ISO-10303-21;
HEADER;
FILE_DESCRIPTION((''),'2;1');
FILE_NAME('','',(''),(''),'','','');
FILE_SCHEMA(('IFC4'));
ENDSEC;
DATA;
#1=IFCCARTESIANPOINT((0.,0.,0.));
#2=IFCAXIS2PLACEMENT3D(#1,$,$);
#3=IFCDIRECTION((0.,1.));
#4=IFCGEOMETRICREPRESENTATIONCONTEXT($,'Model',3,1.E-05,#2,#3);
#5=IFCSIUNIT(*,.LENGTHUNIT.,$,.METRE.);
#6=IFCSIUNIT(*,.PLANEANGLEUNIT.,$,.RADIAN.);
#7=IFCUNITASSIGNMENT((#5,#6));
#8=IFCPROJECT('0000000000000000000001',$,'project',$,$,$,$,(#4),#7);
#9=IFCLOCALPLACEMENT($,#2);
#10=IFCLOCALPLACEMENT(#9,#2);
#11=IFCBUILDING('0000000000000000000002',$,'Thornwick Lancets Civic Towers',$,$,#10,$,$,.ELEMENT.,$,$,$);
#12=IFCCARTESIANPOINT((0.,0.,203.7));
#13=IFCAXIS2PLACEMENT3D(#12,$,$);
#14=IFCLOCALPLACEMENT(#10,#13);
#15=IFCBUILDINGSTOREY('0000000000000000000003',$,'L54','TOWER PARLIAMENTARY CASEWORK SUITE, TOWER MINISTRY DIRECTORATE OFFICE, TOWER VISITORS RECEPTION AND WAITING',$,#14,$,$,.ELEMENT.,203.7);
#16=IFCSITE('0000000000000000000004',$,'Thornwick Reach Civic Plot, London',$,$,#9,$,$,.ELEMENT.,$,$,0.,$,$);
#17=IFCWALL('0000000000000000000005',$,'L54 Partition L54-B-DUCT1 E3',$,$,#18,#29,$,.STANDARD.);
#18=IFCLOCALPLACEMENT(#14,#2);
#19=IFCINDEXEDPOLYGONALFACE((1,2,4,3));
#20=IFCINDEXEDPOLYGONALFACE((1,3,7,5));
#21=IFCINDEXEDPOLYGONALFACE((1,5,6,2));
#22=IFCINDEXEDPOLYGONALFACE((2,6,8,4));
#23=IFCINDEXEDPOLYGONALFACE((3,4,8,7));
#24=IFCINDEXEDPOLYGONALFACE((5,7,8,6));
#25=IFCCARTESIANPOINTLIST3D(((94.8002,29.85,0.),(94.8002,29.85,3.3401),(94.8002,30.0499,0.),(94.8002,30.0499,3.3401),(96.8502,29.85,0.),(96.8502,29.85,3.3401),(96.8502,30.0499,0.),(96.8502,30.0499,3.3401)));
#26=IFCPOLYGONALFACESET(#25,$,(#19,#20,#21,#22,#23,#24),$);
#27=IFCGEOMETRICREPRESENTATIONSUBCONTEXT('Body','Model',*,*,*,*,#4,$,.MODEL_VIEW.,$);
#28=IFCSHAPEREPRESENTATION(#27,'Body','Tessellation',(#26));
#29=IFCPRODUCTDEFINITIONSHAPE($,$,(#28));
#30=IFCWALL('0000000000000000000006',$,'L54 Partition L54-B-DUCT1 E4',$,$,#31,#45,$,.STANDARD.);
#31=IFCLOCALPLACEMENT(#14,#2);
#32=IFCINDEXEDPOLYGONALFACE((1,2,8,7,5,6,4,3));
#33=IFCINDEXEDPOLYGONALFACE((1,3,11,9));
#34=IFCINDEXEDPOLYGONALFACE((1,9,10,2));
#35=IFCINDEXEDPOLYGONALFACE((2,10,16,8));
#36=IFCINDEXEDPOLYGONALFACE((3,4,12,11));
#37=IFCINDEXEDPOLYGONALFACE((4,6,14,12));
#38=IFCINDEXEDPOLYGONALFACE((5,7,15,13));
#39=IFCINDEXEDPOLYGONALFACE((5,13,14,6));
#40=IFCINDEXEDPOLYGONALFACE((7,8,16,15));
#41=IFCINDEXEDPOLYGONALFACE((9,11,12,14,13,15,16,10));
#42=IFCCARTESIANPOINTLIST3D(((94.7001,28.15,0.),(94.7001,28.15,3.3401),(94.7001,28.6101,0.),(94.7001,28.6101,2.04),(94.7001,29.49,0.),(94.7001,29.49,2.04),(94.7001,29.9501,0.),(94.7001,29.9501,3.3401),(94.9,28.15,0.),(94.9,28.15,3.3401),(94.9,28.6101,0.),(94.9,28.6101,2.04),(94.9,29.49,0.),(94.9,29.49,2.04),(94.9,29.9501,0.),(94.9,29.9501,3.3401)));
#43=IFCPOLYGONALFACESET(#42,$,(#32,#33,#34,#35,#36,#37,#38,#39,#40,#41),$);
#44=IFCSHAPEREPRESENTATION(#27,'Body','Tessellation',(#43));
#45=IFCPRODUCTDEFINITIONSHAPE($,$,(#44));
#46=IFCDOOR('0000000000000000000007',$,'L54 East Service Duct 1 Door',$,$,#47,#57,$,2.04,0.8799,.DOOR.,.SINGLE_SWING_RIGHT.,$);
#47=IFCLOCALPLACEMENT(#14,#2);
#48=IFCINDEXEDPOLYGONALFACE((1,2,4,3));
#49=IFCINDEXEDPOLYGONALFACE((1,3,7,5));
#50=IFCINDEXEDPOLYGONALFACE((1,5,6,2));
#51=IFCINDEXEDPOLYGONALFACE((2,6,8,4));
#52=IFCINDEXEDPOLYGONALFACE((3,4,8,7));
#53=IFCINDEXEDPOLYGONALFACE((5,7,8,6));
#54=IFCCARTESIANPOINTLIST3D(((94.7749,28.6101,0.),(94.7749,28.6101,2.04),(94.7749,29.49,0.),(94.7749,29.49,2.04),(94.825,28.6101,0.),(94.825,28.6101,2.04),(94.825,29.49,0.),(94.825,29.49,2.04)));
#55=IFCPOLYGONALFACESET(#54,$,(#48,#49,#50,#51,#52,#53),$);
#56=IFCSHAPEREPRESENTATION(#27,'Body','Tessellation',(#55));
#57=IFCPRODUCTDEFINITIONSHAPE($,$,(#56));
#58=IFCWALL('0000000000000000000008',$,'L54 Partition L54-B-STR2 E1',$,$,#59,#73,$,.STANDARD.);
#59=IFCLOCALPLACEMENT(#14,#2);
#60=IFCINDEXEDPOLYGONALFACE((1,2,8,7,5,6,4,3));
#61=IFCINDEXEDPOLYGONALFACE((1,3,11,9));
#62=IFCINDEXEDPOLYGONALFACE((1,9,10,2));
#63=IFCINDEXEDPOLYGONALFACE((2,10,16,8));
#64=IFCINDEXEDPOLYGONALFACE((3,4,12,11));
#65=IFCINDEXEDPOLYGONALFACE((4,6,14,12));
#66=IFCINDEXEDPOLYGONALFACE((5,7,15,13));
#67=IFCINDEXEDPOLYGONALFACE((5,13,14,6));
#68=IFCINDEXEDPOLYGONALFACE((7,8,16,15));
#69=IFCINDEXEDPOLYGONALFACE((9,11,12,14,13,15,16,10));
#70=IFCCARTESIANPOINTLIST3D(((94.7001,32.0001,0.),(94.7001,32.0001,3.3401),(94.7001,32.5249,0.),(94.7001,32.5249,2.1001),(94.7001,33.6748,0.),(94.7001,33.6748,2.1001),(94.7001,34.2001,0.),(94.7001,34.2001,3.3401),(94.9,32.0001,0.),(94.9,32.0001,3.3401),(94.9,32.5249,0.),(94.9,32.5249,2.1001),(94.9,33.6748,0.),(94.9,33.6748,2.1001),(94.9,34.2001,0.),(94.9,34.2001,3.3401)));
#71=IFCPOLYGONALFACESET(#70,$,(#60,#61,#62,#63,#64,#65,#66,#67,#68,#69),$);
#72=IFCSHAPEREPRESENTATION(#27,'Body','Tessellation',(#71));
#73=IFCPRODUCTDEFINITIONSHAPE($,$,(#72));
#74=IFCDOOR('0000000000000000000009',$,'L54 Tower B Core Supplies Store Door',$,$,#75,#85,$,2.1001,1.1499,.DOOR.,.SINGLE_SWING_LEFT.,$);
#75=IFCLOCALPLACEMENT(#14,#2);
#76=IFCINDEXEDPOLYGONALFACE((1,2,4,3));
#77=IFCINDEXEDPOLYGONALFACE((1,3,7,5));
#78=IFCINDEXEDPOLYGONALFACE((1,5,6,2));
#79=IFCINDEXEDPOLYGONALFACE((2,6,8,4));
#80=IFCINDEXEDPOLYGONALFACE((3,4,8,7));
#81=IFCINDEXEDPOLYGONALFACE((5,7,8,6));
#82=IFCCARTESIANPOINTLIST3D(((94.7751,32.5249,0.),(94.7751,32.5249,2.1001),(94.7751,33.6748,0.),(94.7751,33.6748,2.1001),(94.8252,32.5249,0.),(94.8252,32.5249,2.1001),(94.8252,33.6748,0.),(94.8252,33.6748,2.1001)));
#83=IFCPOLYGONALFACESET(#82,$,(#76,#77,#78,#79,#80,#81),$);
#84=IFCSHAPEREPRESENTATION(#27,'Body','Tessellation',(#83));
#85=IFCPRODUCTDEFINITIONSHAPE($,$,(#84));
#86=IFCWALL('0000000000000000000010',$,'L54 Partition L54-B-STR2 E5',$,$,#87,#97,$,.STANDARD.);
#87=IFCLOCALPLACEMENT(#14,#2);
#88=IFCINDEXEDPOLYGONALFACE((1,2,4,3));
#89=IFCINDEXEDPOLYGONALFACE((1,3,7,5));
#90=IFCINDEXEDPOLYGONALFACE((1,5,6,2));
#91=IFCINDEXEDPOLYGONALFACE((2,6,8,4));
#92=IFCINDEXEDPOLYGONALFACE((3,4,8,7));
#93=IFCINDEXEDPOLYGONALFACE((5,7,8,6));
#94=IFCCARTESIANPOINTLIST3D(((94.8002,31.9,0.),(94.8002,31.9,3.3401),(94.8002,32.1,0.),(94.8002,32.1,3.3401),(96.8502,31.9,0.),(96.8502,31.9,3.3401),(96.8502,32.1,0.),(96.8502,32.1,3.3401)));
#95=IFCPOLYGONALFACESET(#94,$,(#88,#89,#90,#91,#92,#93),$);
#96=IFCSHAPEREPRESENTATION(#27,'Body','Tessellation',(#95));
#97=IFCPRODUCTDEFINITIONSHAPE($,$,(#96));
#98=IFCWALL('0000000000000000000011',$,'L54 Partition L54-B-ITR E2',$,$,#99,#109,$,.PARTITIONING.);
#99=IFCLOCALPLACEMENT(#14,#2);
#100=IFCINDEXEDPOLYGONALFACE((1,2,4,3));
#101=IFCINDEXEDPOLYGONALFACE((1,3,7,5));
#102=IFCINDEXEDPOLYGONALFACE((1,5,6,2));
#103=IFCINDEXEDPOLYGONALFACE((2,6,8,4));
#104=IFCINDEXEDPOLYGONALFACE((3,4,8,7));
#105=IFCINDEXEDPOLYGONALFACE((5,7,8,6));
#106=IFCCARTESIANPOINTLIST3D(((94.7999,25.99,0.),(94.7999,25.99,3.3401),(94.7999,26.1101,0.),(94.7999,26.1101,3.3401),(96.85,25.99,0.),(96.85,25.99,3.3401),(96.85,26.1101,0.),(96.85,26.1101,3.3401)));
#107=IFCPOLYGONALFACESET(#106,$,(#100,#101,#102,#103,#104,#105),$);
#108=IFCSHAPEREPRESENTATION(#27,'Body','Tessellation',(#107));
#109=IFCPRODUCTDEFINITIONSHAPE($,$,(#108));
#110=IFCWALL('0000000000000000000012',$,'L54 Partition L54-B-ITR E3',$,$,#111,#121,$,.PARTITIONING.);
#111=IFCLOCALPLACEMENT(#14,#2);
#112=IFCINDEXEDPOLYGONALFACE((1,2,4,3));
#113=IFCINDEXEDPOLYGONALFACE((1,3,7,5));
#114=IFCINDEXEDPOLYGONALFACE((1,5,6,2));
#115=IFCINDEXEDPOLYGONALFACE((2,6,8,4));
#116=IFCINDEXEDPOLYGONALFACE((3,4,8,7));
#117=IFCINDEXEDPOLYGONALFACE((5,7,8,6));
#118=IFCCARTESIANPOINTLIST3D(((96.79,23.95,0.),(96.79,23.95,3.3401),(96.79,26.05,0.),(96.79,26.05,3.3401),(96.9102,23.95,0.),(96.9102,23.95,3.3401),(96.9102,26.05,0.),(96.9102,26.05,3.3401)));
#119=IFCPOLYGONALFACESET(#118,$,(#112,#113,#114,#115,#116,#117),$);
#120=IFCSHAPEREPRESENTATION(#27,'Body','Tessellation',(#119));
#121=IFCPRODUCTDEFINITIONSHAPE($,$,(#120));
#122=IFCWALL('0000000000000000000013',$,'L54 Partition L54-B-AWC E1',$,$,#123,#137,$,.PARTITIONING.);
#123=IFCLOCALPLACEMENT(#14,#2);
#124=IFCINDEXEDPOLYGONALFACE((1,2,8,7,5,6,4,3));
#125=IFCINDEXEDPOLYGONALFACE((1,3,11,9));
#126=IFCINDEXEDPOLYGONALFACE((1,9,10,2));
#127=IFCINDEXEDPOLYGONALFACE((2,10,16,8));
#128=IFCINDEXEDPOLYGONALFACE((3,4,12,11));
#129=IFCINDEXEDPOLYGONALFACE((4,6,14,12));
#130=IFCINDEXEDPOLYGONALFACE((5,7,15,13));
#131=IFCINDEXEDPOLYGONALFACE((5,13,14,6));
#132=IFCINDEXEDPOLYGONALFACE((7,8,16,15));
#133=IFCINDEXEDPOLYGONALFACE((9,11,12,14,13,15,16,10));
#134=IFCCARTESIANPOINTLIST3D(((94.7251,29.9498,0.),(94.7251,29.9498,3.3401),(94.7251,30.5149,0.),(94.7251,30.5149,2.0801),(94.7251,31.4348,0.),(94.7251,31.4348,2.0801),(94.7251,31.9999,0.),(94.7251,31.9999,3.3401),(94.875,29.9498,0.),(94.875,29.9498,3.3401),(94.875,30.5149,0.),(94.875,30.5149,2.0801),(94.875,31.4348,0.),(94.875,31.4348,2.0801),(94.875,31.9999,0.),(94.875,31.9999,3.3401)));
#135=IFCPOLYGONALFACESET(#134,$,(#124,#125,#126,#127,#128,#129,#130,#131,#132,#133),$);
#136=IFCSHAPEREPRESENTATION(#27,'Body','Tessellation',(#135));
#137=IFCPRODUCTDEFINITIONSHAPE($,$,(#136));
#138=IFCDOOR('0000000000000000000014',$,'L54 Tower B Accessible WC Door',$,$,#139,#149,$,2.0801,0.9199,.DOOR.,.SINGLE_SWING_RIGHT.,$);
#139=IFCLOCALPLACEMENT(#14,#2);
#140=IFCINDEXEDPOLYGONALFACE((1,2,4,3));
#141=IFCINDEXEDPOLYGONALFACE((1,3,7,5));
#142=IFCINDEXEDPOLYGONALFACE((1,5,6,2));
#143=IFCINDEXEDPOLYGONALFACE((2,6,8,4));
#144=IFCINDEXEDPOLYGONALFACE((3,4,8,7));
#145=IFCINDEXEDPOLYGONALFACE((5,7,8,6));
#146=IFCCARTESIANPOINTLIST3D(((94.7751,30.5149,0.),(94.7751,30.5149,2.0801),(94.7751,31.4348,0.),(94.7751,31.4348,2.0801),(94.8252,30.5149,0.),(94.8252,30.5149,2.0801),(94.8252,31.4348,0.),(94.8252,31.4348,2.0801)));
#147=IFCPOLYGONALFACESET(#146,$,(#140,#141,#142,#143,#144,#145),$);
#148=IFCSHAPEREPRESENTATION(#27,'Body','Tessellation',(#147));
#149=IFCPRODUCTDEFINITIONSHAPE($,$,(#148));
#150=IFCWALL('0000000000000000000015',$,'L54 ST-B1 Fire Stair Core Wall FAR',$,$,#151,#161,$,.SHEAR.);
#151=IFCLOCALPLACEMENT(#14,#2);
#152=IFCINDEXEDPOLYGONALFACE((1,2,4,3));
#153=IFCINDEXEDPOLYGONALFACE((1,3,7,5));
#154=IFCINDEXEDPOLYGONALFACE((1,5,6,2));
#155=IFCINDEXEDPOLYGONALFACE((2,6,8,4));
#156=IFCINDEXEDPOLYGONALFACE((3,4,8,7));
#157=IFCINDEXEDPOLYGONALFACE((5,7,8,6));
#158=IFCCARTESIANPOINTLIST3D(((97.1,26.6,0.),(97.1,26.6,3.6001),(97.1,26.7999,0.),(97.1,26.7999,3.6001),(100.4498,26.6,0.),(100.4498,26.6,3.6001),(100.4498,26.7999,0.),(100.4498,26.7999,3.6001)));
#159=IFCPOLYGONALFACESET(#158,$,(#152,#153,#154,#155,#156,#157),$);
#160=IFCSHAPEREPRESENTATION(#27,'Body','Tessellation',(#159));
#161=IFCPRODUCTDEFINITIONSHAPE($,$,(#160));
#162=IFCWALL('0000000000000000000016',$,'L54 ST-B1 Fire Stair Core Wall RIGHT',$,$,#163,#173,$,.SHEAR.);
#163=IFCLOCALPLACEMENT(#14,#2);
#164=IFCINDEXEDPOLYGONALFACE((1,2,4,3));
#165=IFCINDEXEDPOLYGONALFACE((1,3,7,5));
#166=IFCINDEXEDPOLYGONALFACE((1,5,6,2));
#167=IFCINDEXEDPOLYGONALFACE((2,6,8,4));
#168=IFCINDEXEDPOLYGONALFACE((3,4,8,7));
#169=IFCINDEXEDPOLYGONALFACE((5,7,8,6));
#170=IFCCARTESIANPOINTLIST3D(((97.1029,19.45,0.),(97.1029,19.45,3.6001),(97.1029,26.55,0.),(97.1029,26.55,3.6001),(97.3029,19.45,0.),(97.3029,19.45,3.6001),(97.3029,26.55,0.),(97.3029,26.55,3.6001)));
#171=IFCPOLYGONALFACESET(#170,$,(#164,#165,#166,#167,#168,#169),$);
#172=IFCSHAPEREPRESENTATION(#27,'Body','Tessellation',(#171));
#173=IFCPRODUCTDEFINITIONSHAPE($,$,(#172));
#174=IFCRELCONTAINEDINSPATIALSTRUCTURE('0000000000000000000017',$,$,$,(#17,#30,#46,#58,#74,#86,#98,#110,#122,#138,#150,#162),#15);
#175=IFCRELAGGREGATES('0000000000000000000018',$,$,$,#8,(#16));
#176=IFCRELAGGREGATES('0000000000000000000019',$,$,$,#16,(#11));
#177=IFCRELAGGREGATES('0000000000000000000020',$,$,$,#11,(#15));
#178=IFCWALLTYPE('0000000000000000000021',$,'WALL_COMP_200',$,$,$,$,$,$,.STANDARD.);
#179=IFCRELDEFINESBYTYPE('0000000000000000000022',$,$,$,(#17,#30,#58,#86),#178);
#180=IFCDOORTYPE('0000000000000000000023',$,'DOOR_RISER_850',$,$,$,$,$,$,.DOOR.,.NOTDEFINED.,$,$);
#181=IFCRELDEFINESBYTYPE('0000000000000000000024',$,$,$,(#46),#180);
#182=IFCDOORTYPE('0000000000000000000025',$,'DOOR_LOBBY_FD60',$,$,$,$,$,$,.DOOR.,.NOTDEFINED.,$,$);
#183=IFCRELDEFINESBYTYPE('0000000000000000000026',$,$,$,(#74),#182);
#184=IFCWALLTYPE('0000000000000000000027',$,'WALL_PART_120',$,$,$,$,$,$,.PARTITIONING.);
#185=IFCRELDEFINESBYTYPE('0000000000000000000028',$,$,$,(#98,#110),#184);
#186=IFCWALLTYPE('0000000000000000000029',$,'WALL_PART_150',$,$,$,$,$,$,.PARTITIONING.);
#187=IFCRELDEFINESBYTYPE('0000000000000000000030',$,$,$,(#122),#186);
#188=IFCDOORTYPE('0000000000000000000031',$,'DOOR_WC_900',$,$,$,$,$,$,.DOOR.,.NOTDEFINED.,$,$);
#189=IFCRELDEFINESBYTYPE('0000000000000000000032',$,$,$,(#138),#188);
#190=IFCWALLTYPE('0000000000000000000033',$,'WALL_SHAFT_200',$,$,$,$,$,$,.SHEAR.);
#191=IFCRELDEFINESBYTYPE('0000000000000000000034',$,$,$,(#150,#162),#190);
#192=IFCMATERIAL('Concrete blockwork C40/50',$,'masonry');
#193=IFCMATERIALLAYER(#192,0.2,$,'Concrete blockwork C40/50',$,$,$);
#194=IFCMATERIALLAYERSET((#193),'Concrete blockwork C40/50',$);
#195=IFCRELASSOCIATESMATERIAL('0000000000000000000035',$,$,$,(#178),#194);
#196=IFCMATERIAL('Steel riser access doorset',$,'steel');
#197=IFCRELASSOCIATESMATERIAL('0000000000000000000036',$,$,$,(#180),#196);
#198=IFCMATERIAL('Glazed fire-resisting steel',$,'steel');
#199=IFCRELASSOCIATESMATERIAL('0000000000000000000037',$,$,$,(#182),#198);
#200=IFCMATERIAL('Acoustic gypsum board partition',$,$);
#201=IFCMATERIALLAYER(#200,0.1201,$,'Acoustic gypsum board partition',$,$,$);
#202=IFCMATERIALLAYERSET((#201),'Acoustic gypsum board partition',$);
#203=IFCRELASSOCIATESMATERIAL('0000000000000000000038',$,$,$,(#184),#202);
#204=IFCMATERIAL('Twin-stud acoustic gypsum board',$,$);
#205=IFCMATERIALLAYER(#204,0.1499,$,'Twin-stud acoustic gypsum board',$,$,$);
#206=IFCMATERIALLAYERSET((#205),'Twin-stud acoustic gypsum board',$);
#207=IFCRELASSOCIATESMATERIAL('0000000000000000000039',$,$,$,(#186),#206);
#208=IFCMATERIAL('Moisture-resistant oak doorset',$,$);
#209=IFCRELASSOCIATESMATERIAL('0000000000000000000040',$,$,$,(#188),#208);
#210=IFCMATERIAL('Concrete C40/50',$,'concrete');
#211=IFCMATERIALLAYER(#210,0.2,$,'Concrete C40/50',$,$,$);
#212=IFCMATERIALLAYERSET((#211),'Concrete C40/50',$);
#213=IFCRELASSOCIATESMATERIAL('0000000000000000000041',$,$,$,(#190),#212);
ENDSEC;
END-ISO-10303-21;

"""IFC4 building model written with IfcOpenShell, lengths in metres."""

from ifc_helpers import new_model, si_unit, direction, frame, frame_2d, origin, place, context, subcontext, project, spatial, rectangle, extrude, material, layer, layer_set, type_object, element, fill, save


model = new_model("IFC4")

# Units and contexts
model_context = context("Model", 3, precision=1e-05, world=origin(), true_north=direction((0.0, 1.0)))
body_context = subcontext(model_context, "Body", "Model", "MODEL_VIEW")
ifc_project = project(units=[si_unit("LENGTHUNIT", "METRE"), si_unit("PLANEANGLEUNIT", "RADIAN")], contexts=[model_context])

# Site, building, storey
site_placement = place(None, origin())
site = spatial("IfcSite", under=ifc_project, at=site_placement, Name="Thornwick Reach Civic Plot, London", CompositionType="ELEMENT", RefElevation=0.0)
building_placement = place(site_placement, origin())
building = spatial("IfcBuilding", under=site, at=building_placement, Name="Thornwick Lancets Civic Towers", CompositionType="ELEMENT")
storey_placement = place(building_placement, frame((0.0, 0.0, 203.7)))
storey = spatial("IfcBuildingStorey", under=building, at=storey_placement, Name="L54", Description="TOWER PARLIAMENTARY CASEWORK SUITE, TOWER MINISTRY DIRECTORATE OFFICE, TOWER VISITORS RECEPTION AND WAITING", CompositionType="ELEMENT", Elevation=203.7)

# Shared definitions
ifc_material_1 = material(Name="Concrete C40/50", Category="concrete")

# Shared definitions
ifc_material_2 = material(Name="Concrete blockwork C40/50", Category="masonry")
ifc_layer_1 = layer(ifc_material_2, 0.2, Name="Concrete blockwork C40/50")
ifc_layer_set_1 = layer_set([ifc_layer_1], Name="Concrete blockwork C40/50")
wall_type_1 = type_object("IfcWallType", Name="WALL_COMP_200", PredefinedType="STANDARD", material=ifc_layer_set_1)

# Wall
wall_1_placement = place(storey_placement, frame((96.8501, 29.95, 0.0), z_axis=(0.0, 0.0, 1.0), x_axis=(-1.0, 0.0, 0.0)))
element("IfcWall", 1, at=wall_1_placement, inside=storey, type_object=wall_type_1, Name="L54 Partition L54-B-DUCT1 E3", PredefinedType="STANDARD", context=body_context, shape_type="SweptSolid", body=[
    extrude(rectangle(XDim=2.05, YDim=0.2, at=frame_2d((1.0249, 0.0))), origin(), (0.0, 0.0, 1.0), 3.3401),
])

# Walls, openings, doors
wall_2_placement = place(storey_placement, frame((94.8, 29.95, 0.0), z_axis=(0.0, 0.0, 1.0), x_axis=(0.0, -1.0, 0.0)))
wall_2 = element("IfcWall", 2, at=wall_2_placement, inside=storey, type_object=wall_type_1, Name="L54 Partition L54-B-DUCT1 E4", PredefinedType="STANDARD", context=body_context, shape_type="SweptSolid", body=[
    extrude(rectangle(XDim=1.8, YDim=0.2, at=frame_2d((0.8999, 0.0))), origin(), (0.0, 0.0, 1.0), 3.3401),
])
opening_1_placement = place(wall_2_placement, frame((0.46, 0.0, 0.0)))
opening_1 = element("IfcOpeningElement", 3, at=opening_1_placement, cuts=wall_2, PredefinedType="OPENING", context=body_context, shape_type="SweptSolid", body=[
    extrude(rectangle(XDim=0.8799, YDim=2.04, at=frame_2d((0.4399, 1.02))), frame((0.0, 0.1099, 0.0), z_axis=(0.0, -1.0, 0.0), x_axis=(1.0, 0.0, 0.0)), (0.0, 0.0, 1.0), 0.22),
])
ifc_material_3 = material(Name="Steel riser access doorset", Category="steel")
door_type_1 = type_object("IfcDoorType", Name="DOOR_RISER_850", OperationType="NOTDEFINED", PredefinedType="DOOR", material=ifc_material_3)
door_1_placement = place(opening_1_placement, origin())
door_1 = element("IfcDoor", 4, at=door_1_placement, inside=storey, type_object=door_type_1, Name="L54 East Service Duct 1 Door", OperationType="SINGLE_SWING_RIGHT", OverallHeight=2.04, OverallWidth=0.8799, PredefinedType="DOOR", context=body_context, shape_type="SweptSolid", body=[
    extrude(rectangle(XDim=0.8799, YDim=2.04, at=frame_2d((0.4399, 1.02))), frame((0.0, 0.0249, 0.0), z_axis=(0.0, -1.0, 0.0), x_axis=(1.0, 0.0, 0.0)), (0.0, 0.0, 1.0), 0.05),
])
fill(opening_1, door_1)
wall_3_placement = place(storey_placement, frame((94.8, 32.0, 0.0), z_axis=(0.0, 0.0, 1.0), x_axis=(0.0, 1.0, 0.0)))
wall_3 = element("IfcWall", 5, at=wall_3_placement, inside=storey, type_object=wall_type_1, Name="L54 Partition L54-B-STR2 E1", PredefinedType="STANDARD", context=body_context, shape_type="SweptSolid", body=[
    extrude(rectangle(XDim=2.2, YDim=0.2, at=frame_2d((1.1001, 0.0))), origin(), (0.0, 0.0, 1.0), 3.3401),
])
opening_2_placement = place(wall_3_placement, frame((0.5249, 0.0, 0.0)))
opening_2 = element("IfcOpeningElement", 6, at=opening_2_placement, cuts=wall_3, PredefinedType="OPENING", context=body_context, shape_type="SweptSolid", body=[
    extrude(rectangle(XDim=1.1499, YDim=2.1001, at=frame_2d((0.575, 1.05))), frame((0.0, 0.1099, 0.0), z_axis=(0.0, -1.0, 0.0), x_axis=(1.0, 0.0, 0.0)), (0.0, 0.0, 1.0), 0.22),
])
ifc_material_4 = material(Name="Glazed fire-resisting steel", Category="steel")
door_type_2 = type_object("IfcDoorType", Name="DOOR_LOBBY_FD60", OperationType="NOTDEFINED", PredefinedType="DOOR", material=ifc_material_4)
door_2_placement = place(opening_2_placement, origin())
door_2 = element("IfcDoor", 7, at=door_2_placement, inside=storey, type_object=door_type_2, Name="L54 Tower B Core Supplies Store Door", OperationType="SINGLE_SWING_LEFT", OverallHeight=2.1001, OverallWidth=1.1499, PredefinedType="DOOR", context=body_context, shape_type="SweptSolid", body=[
    extrude(rectangle(XDim=1.1499, YDim=2.1001, at=frame_2d((0.575, 1.05))), frame((0.0, 0.0249, 0.0), z_axis=(0.0, -1.0, 0.0), x_axis=(1.0, 0.0, 0.0)), (0.0, 0.0, 1.0), 0.05),
])
fill(opening_2, door_2)

# Walls
wall_4_placement = place(storey_placement, frame((96.8501, 32.0, 0.0), z_axis=(0.0, 0.0, 1.0), x_axis=(-1.0, 0.0, 0.0)))
element("IfcWall", 8, at=wall_4_placement, inside=storey, type_object=wall_type_1, Name="L54 Partition L54-B-STR2 E5", PredefinedType="STANDARD", context=body_context, shape_type="SweptSolid", body=[
    extrude(rectangle(XDim=2.05, YDim=0.2, at=frame_2d((1.0249, 0.0))), origin(), (0.0, 0.0, 1.0), 3.3401),
])
ifc_material_5 = material(Name="Acoustic gypsum board partition")
ifc_layer_2 = layer(ifc_material_5, 0.1201, Name="Acoustic gypsum board partition")
ifc_layer_set_2 = layer_set([ifc_layer_2], Name="Acoustic gypsum board partition")
wall_type_2 = type_object("IfcWallType", Name="WALL_PART_120", PredefinedType="PARTITIONING", material=ifc_layer_set_2)
wall_5_placement = place(storey_placement, frame((94.8, 26.05, 0.0), z_axis=(0.0, 0.0, 1.0), x_axis=(1.0, 0.0, 0.0)))
element("IfcWall", 9, at=wall_5_placement, inside=storey, type_object=wall_type_2, Name="L54 Partition L54-B-ITR E2", PredefinedType="PARTITIONING", context=body_context, shape_type="SweptSolid", body=[
    extrude(rectangle(XDim=2.05, YDim=0.1201, at=frame_2d((1.0249, 0.0))), origin(), (0.0, 0.0, 1.0), 3.3401),
])
wall_6_placement = place(storey_placement, frame((96.8501, 26.05, 0.0), z_axis=(0.0, 0.0, 1.0), x_axis=(0.0, -1.0, 0.0)))
element("IfcWall", 10, at=wall_6_placement, inside=storey, type_object=wall_type_2, Name="L54 Partition L54-B-ITR E3", PredefinedType="PARTITIONING", context=body_context, shape_type="SweptSolid", body=[
    extrude(rectangle(XDim=2.1001, YDim=0.1201, at=frame_2d((1.05, 0.0))), origin(), (0.0, 0.0, 1.0), 3.3401),
])

# Wall, opening, door
ifc_material_6 = material(Name="Twin-stud acoustic gypsum board")
ifc_layer_3 = layer(ifc_material_6, 0.1499, Name="Twin-stud acoustic gypsum board")
ifc_layer_set_3 = layer_set([ifc_layer_3], Name="Twin-stud acoustic gypsum board")
wall_type_3 = type_object("IfcWallType", Name="WALL_PART_150", PredefinedType="PARTITIONING", material=ifc_layer_set_3)
wall_7_placement = place(storey_placement, frame((94.8, 29.95, 0.0), z_axis=(0.0, 0.0, 1.0), x_axis=(0.0, 1.0, 0.0)))
wall_7 = element("IfcWall", 11, at=wall_7_placement, inside=storey, type_object=wall_type_3, Name="L54 Partition L54-B-AWC E1", PredefinedType="PARTITIONING", context=body_context, shape_type="SweptSolid", body=[
    extrude(rectangle(XDim=2.05, YDim=0.1499, at=frame_2d((1.0249, 0.0))), origin(), (0.0, 0.0, 1.0), 3.3401),
])
opening_3_placement = place(wall_7_placement, frame((0.5649, 0.0, 0.0)))
opening_3 = element("IfcOpeningElement", 12, at=opening_3_placement, cuts=wall_7, PredefinedType="OPENING", context=body_context, shape_type="SweptSolid", body=[
    extrude(rectangle(XDim=0.9199, YDim=2.0801, at=frame_2d((0.46, 1.04))), frame((0.0, 0.085, 0.0), z_axis=(0.0, -1.0, 0.0), x_axis=(1.0, 0.0, 0.0)), (0.0, 0.0, 1.0), 0.1699),
])
ifc_material_7 = material(Name="Moisture-resistant oak doorset")
door_type_3 = type_object("IfcDoorType", Name="DOOR_WC_900", OperationType="NOTDEFINED", PredefinedType="DOOR", material=ifc_material_7)
door_3_placement = place(opening_3_placement, origin())
door_3 = element("IfcDoor", 13, at=door_3_placement, inside=storey, type_object=door_type_3, Name="L54 Tower B Accessible WC Door", OperationType="SINGLE_SWING_RIGHT", OverallHeight=2.0801, OverallWidth=0.9199, PredefinedType="DOOR", context=body_context, shape_type="SweptSolid", body=[
    extrude(rectangle(XDim=0.9199, YDim=2.0801, at=frame_2d((0.46, 1.04))), frame((0.0, 0.0249, 0.0), z_axis=(0.0, -1.0, 0.0), x_axis=(1.0, 0.0, 0.0)), (0.0, 0.0, 1.0), 0.05),
])
fill(opening_3, door_3)

# Walls
ifc_layer_4 = layer(ifc_material_1, 0.2, Name="Concrete C40/50")
ifc_layer_set_4 = layer_set([ifc_layer_4], Name="Concrete C40/50")
wall_type_4 = type_object("IfcWallType", Name="WALL_SHAFT_200", PredefinedType="SHEAR", material=ifc_layer_set_4)
wall_8_placement = place(storey_placement, frame((97.1001, 26.7, 0.0), z_axis=(0.0, 0.0, 1.0), x_axis=(1.0, 0.0, 0.0)))
element("IfcWall", 14, at=wall_8_placement, inside=storey, type_object=wall_type_4, Name="L54 ST-B1 Fire Stair Core Wall FAR", PredefinedType="SHEAR", context=body_context, shape_type="SweptSolid", body=[
    extrude(rectangle(XDim=3.3499, YDim=0.2, at=frame_2d((1.6748, 0.0))), origin(), (0.0, 0.0, 1.0), 3.6001),
])
wall_9_placement = place(storey_placement, frame((97.2029, 26.55, 0.0), z_axis=(0.0, 0.0, 1.0), x_axis=(0.0, -1.0, 0.0)))
element("IfcWall", 15, at=wall_9_placement, inside=storey, type_object=wall_type_4, Name="L54 ST-B1 Fire Stair Core Wall RIGHT", PredefinedType="SHEAR", context=body_context, shape_type="SweptSolid", body=[
    extrude(rectangle(XDim=7.1001, YDim=0.2, at=frame_2d((3.55, 0.0))), origin(), (0.0, 0.0, 1.0), 3.6001),
])

save(model, "model.ifc")
